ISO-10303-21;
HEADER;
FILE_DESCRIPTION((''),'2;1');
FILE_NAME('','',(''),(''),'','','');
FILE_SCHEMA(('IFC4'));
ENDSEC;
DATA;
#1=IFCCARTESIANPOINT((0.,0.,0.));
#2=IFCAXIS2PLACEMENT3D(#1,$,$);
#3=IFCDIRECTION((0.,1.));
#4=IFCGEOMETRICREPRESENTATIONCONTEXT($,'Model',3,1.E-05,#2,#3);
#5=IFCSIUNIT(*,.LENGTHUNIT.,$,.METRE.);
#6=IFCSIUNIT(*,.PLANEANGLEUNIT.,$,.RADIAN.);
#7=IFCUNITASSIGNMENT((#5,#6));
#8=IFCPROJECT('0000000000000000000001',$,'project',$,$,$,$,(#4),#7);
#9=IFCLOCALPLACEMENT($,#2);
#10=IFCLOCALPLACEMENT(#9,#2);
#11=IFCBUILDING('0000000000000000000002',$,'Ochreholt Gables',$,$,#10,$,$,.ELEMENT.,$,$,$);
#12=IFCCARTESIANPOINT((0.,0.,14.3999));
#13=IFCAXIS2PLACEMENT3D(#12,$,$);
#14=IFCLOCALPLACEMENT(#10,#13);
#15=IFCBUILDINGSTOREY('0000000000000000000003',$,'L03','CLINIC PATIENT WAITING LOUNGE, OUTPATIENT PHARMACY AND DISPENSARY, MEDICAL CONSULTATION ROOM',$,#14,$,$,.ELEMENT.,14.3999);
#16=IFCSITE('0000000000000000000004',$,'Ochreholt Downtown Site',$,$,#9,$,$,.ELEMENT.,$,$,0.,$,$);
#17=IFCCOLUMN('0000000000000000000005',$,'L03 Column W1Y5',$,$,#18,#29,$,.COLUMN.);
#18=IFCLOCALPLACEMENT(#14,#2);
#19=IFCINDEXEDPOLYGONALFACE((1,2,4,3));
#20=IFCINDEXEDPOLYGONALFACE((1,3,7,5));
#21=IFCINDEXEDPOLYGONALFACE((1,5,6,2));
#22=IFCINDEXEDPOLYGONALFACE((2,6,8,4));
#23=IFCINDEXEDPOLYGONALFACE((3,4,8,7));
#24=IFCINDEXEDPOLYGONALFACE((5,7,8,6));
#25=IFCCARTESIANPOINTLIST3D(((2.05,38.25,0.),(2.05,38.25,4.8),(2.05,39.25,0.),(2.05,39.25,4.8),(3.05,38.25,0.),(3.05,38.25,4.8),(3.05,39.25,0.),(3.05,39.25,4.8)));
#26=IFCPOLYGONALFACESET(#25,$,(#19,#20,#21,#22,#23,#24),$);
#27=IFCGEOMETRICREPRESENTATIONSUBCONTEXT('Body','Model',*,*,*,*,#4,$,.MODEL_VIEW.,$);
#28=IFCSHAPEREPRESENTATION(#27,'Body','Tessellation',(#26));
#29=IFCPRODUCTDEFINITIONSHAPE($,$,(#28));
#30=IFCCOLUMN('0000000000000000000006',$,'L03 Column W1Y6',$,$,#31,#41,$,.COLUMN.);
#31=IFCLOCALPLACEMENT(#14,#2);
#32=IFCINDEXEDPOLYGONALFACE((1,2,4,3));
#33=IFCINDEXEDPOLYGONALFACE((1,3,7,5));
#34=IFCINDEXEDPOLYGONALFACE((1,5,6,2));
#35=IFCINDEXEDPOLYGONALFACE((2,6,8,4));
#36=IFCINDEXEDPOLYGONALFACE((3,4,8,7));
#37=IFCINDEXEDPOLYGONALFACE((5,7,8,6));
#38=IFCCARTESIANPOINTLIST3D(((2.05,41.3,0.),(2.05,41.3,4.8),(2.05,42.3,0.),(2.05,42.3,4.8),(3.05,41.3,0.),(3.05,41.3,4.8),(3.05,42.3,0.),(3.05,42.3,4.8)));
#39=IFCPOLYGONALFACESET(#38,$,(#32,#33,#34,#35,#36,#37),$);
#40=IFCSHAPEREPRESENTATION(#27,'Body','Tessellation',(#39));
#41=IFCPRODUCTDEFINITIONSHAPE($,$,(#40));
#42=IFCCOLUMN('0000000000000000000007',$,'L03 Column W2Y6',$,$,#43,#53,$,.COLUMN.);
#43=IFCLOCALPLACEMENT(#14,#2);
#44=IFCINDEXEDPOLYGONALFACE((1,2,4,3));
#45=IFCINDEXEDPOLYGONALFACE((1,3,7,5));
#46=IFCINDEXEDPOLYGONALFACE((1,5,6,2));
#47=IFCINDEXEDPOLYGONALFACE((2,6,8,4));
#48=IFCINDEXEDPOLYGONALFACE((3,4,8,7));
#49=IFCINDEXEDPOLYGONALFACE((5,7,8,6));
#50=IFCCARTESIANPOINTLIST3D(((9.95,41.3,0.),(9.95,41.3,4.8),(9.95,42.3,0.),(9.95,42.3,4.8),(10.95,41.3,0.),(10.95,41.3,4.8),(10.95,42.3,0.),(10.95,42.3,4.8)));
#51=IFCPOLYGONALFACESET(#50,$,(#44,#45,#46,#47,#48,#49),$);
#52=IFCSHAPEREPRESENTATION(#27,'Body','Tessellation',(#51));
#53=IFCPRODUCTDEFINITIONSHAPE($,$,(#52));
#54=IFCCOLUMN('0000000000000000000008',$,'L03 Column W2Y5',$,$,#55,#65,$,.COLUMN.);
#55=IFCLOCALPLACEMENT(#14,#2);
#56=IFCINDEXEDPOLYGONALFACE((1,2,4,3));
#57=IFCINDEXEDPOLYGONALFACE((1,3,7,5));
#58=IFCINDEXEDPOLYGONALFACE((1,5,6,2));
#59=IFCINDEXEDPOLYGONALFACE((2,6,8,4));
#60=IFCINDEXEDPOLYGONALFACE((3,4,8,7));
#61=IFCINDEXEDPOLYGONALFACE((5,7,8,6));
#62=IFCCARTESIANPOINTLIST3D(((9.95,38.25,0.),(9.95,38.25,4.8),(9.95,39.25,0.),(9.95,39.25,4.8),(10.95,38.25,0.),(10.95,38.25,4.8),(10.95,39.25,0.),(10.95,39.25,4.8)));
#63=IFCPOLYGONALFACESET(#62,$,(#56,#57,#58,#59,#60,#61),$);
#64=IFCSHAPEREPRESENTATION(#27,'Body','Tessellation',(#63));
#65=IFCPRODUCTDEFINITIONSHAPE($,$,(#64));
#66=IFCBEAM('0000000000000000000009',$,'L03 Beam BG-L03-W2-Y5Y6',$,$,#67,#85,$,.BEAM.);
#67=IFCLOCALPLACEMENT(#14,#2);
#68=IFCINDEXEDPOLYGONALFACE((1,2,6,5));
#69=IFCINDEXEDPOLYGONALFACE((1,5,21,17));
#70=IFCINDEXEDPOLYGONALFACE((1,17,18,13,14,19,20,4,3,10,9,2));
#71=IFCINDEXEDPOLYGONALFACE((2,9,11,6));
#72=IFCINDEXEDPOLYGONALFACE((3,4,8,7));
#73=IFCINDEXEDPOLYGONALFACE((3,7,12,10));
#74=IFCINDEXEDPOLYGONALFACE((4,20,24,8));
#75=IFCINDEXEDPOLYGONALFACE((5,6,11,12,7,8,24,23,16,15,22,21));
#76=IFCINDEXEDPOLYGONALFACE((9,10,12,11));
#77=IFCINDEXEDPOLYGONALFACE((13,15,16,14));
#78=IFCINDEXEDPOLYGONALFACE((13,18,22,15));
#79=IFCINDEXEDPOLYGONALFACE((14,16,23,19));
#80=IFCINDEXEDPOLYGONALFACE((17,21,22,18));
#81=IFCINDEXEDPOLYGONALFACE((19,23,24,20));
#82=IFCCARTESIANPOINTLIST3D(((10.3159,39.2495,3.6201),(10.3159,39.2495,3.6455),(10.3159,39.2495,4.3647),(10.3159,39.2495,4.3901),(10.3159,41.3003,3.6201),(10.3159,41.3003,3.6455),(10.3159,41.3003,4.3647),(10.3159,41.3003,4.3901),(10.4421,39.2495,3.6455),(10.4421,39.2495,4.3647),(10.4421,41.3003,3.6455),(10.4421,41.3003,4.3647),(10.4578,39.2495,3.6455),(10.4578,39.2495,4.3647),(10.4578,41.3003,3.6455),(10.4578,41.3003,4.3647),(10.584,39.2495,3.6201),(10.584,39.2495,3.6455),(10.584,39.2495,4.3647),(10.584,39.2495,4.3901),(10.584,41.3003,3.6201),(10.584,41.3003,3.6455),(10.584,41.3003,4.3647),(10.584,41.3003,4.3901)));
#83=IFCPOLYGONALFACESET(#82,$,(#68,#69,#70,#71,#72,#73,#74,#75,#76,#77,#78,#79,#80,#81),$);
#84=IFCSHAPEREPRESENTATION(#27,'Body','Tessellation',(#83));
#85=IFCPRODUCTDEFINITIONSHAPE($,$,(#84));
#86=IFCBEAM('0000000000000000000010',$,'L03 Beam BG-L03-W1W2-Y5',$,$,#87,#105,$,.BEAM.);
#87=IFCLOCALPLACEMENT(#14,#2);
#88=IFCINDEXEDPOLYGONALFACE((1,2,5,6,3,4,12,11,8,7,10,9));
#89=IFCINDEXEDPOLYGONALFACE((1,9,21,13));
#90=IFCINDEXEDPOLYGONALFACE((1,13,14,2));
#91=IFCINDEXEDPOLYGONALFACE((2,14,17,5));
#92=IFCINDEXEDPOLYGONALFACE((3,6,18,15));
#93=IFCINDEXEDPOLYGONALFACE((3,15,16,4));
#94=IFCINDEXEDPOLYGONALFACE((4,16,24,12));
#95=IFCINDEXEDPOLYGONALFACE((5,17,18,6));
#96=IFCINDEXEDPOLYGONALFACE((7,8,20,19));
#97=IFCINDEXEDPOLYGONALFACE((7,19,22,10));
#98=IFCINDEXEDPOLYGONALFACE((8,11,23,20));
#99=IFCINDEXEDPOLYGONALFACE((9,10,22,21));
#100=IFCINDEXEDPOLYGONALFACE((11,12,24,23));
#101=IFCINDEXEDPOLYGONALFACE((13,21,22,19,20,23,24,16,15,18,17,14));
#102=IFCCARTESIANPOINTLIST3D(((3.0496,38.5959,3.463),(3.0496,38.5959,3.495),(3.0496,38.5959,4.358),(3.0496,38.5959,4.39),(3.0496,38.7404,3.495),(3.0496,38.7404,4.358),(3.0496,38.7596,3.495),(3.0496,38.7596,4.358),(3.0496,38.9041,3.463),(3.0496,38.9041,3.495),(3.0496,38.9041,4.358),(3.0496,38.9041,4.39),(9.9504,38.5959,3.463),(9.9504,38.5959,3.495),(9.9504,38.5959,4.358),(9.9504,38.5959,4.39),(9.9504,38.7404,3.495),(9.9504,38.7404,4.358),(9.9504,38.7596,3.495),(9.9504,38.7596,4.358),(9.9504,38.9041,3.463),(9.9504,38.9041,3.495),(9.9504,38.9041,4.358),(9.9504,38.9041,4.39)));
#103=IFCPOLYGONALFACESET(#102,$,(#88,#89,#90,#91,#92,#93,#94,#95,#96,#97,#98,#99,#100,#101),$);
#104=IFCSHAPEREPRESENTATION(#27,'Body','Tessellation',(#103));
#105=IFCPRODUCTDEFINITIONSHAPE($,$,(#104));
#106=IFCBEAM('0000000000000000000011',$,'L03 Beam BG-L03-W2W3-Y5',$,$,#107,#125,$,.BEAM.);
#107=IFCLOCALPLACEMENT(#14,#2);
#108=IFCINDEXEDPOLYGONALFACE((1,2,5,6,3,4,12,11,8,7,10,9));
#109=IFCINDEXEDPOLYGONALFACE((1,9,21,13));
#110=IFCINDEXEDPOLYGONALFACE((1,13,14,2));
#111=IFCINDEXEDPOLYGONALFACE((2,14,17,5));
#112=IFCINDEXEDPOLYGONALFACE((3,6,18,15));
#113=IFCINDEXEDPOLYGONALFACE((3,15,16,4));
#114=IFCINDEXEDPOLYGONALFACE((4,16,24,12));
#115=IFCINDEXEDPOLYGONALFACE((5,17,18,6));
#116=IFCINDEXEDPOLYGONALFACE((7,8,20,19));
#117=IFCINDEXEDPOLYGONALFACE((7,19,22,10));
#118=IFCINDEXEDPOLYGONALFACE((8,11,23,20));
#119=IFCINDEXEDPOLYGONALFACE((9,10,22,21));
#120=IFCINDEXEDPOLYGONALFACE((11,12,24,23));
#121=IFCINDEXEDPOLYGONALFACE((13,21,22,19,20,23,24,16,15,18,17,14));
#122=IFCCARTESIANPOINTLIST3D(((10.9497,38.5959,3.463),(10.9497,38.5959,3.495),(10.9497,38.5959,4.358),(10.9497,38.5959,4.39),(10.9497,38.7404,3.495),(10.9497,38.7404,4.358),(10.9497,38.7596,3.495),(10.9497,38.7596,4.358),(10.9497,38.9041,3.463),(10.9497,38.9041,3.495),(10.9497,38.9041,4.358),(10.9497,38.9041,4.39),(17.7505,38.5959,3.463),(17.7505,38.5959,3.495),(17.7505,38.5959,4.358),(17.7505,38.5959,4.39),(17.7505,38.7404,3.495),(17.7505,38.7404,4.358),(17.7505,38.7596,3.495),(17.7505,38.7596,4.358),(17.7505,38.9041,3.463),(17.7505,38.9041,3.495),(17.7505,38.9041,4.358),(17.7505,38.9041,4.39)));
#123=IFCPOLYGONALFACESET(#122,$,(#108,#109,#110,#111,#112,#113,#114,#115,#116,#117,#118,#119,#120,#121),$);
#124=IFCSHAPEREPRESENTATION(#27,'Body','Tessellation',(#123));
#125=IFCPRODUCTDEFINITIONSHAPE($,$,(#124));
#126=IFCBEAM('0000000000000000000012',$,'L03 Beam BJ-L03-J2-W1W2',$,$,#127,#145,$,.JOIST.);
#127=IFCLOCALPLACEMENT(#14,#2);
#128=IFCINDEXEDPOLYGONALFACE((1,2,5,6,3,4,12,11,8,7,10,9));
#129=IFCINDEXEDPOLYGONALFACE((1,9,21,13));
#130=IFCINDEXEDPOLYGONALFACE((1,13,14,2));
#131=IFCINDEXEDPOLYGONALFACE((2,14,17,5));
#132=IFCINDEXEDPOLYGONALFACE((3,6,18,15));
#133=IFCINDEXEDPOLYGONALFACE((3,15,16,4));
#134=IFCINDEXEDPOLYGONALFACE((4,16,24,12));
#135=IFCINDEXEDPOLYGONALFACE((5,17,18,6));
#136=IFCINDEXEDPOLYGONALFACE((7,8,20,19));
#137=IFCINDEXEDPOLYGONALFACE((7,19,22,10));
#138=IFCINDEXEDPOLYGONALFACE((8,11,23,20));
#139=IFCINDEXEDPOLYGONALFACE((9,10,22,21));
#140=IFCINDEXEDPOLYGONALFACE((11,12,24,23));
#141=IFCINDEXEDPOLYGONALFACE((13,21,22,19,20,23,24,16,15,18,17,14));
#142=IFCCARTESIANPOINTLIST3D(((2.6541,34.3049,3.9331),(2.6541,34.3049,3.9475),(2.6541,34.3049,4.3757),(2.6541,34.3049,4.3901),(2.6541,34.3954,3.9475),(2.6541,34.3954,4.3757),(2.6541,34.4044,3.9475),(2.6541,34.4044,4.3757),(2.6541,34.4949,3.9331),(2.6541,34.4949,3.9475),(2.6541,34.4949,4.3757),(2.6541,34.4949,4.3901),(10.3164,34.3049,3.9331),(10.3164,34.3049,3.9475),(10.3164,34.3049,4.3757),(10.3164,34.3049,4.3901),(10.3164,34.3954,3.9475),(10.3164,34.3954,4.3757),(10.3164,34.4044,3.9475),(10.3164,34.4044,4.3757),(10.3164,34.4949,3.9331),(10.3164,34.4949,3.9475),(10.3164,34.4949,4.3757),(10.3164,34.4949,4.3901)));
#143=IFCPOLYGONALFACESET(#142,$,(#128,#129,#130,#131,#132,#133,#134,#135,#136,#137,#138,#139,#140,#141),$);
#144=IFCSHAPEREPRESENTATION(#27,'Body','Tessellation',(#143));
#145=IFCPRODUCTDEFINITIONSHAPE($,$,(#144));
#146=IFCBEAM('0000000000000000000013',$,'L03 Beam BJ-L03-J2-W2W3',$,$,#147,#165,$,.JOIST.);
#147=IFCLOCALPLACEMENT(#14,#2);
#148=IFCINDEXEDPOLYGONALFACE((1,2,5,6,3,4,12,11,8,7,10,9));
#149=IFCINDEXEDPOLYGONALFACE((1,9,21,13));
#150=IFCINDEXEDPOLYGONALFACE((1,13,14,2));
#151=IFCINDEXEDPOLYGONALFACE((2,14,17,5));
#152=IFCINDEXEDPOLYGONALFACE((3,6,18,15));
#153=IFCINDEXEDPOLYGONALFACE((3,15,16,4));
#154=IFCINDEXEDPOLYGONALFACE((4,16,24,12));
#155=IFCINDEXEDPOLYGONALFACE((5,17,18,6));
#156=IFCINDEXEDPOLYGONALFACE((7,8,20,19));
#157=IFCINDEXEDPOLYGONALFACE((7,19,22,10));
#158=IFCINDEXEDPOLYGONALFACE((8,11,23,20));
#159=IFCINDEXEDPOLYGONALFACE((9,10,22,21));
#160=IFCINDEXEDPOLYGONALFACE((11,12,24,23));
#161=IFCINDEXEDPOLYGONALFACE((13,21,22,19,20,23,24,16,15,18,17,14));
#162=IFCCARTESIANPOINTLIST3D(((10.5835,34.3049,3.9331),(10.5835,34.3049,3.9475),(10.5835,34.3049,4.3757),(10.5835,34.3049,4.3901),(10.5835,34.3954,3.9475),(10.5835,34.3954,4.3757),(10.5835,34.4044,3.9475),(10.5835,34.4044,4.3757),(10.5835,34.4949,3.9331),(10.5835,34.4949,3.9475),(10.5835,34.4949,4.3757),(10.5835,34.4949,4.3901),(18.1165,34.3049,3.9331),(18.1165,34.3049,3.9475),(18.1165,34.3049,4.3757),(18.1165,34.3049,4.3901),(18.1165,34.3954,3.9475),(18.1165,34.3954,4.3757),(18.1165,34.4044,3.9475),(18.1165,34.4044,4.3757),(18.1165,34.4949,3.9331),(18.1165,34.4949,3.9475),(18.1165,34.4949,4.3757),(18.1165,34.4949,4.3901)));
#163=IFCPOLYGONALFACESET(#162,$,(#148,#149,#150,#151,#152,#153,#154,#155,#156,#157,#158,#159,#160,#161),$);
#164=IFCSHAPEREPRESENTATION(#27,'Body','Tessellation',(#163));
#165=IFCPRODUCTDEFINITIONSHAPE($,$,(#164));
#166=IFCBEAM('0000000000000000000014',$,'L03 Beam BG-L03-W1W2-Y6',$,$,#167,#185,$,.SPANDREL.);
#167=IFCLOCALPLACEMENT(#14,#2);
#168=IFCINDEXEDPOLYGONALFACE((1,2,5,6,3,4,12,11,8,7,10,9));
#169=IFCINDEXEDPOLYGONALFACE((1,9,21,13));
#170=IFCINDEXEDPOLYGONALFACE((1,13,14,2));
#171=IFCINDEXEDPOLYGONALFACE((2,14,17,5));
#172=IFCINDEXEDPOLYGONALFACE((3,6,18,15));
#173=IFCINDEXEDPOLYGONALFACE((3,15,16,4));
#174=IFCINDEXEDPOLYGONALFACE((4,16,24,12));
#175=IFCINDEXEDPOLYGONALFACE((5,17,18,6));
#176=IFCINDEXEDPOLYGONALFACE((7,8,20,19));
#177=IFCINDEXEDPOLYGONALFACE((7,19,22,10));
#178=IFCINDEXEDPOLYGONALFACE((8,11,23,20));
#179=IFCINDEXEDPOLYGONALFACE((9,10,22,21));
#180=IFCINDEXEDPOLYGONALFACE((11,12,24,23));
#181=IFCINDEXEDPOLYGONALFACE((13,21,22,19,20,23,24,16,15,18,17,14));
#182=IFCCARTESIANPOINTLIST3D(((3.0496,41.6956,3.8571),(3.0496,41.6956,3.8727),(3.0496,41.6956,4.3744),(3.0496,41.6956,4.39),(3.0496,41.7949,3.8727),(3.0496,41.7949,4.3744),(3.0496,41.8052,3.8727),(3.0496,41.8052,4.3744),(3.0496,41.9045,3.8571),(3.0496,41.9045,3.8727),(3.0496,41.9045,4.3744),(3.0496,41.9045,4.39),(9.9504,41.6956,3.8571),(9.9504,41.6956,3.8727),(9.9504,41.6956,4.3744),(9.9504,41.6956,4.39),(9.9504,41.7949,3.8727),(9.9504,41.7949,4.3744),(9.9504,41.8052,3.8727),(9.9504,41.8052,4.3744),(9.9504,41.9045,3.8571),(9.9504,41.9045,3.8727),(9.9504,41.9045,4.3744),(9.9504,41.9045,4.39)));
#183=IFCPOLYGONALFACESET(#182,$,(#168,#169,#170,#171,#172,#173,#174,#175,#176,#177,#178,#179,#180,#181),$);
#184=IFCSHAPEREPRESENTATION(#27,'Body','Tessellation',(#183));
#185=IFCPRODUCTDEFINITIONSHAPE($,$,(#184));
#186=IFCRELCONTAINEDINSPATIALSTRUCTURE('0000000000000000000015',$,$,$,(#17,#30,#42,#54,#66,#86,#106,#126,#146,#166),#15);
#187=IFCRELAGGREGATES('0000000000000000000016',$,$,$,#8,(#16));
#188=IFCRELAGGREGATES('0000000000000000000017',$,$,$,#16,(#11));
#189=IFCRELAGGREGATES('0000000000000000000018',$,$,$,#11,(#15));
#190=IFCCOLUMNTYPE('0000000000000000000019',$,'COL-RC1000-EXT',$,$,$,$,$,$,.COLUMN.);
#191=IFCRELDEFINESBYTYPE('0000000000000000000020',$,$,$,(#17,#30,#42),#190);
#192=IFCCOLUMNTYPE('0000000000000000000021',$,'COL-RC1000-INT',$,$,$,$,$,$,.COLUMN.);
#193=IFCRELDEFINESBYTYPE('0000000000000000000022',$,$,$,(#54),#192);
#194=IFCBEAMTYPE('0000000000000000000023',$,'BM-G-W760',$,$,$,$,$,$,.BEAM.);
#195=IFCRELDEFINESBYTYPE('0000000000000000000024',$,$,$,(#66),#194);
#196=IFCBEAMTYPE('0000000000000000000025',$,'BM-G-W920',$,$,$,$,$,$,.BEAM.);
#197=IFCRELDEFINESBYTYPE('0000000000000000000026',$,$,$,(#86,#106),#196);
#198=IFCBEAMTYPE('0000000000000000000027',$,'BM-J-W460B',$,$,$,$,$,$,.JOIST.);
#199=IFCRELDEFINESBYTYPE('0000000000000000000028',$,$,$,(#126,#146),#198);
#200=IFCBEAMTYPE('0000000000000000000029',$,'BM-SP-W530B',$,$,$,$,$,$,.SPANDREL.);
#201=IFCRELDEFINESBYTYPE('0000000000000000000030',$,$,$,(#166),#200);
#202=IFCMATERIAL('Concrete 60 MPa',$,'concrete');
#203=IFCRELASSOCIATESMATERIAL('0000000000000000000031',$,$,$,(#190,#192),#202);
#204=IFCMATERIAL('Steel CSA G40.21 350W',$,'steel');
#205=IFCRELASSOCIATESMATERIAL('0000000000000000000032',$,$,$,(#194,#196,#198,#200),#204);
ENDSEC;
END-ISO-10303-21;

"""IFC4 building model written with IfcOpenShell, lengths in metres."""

from ifc_helpers import new_model, si_unit, direction, frame, origin, origin_2d, place, context, subcontext, project, spatial, rectangle, i_section, extrude, material, material_profile, profile_set, type_object, element, save


model = new_model("IFC4")

# Units and contexts
model_context = context("Model", 3, precision=1e-05, world=origin(), true_north=direction((0.0, 1.0)))
body_context = subcontext(model_context, "Body", "Model", "MODEL_VIEW")
ifc_project = project(units=[si_unit("LENGTHUNIT", "METRE"), si_unit("PLANEANGLEUNIT", "RADIAN")], contexts=[model_context])

# Site, building, storey
site_placement = place(None, origin())
site = spatial("IfcSite", under=ifc_project, at=site_placement, Name="Ochreholt Downtown Site", CompositionType="ELEMENT", RefElevation=0.0)
building_placement = place(site_placement, origin())
building = spatial("IfcBuilding", under=site, at=building_placement, Name="Ochreholt Gables", CompositionType="ELEMENT")
storey_placement = place(building_placement, frame((0.0, 0.0, 14.3999)))
storey = spatial("IfcBuildingStorey", under=building, at=storey_placement, Name="L03", Description="CLINIC PATIENT WAITING LOUNGE, OUTPATIENT PHARMACY AND DISPENSARY, MEDICAL CONSULTATION ROOM", CompositionType="ELEMENT", Elevation=14.3999)

# Columns
ifc_material_1 = material(Name="Concrete 60 MPa", Category="concrete")
ifc_material_profile_1 = material_profile(ifc_material_1, rectangle(XDim=1.0, YDim=1.0, at=origin_2d()), Name="RC1000X1000")
ifc_profile_set_1 = profile_set([ifc_material_profile_1], Name="Concrete 60 MPa")
column_type_1 = type_object("IfcColumnType", Name="COL-RC1000-EXT", PredefinedType="COLUMN", material=ifc_profile_set_1)
for number, where, z_axis, x_axis, name in (
    (1, (2.55, 38.75, 0.0), (0.0, 0.0, 1.0), (1.0, 0.0, 0.0), "L03 Column W1Y5"),
    (2, (2.55, 41.8, 0.0), (0.0, 0.0, 1.0), (1.0, 0.0, 0.0), "L03 Column W1Y6"),
    (3, (10.45, 41.8, 0.0), (0.0, 0.0, 1.0), (1.0, 0.0, 0.0), "L03 Column W2Y6"),
):
    element("IfcColumn", number, at=place(storey_placement, frame(where, z_axis=z_axis, x_axis=x_axis)), inside=storey, type_object=column_type_1, Name=name, PredefinedType="COLUMN", context=body_context, shape_type="SweptSolid", body=[
        extrude(rectangle(XDim=1.0, YDim=1.0, at=origin_2d()), origin(), (0.0, 0.0, 1.0), 4.8),
    ])
ifc_material_profile_2 = material_profile(ifc_material_1, rectangle(XDim=1.0, YDim=1.0, at=origin_2d()), Name="RC1000X1000")
ifc_profile_set_2 = profile_set([ifc_material_profile_2], Name="Concrete 60 MPa")
column_type_2 = type_object("IfcColumnType", Name="COL-RC1000-INT", PredefinedType="COLUMN", material=ifc_profile_set_2)
column_placement = place(storey_placement, frame((10.45, 38.75, 0.0), z_axis=(0.0, 0.0, 1.0), x_axis=(1.0, 0.0, 0.0)))
element("IfcColumn", 4, at=column_placement, inside=storey, type_object=column_type_2, Name="L03 Column W2Y5", PredefinedType="COLUMN", context=body_context, shape_type="SweptSolid", body=[
    extrude(rectangle(XDim=1.0, YDim=1.0, at=origin_2d()), origin(), (0.0, 0.0, 1.0), 4.8),
])

# Beams
ifc_material_2 = material(Name="Steel CSA G40.21 350W", Category="steel")
ifc_material_profile_3 = material_profile(ifc_material_2, i_section(OverallWidth=0.2681, OverallDepth=0.77, WebThickness=0.0156, FlangeThickness=0.0254, at=origin_2d()), Name="W760X196")
ifc_profile_set_3 = profile_set([ifc_material_profile_3], Name="Steel CSA G40.21 350W")
beam_type_1 = type_object("IfcBeamType", Name="BM-G-W760", PredefinedType="BEAM", material=ifc_profile_set_3)
beam_1_placement = place(storey_placement, frame((10.45, 39.2495, 4.0051), z_axis=(0.0, 1.0, 0.0), x_axis=(-1.0, 0.0, 0.0)))
element("IfcBeam", 5, at=beam_1_placement, inside=storey, type_object=beam_type_1, Name="L03 Beam BG-L03-W2-Y5Y6", PredefinedType="BEAM", context=body_context, shape_type="SweptSolid", body=[
    extrude(i_section(OverallWidth=0.2681, OverallDepth=0.77, WebThickness=0.0156, FlangeThickness=0.0254, at=origin_2d()), origin(), (0.0, 0.0, 1.0), 2.0508),
])
ifc_material_profile_4 = material_profile(ifc_material_2, i_section(OverallWidth=0.3081, OverallDepth=0.927, WebThickness=0.0193, FlangeThickness=0.032, at=origin_2d()), Name="W920X289")
ifc_profile_set_4 = profile_set([ifc_material_profile_4], Name="Steel CSA G40.21 350W")
beam_type_2 = type_object("IfcBeamType", Name="BM-G-W920", PredefinedType="BEAM", material=ifc_profile_set_4)
beam_2_placement = place(storey_placement, frame((3.0496, 38.75, 3.9265), z_axis=(1.0, 0.0, 0.0), x_axis=(0.0, 1.0, 0.0)))
element("IfcBeam", 6, at=beam_2_placement, inside=storey, type_object=beam_type_2, Name="L03 Beam BG-L03-W1W2-Y5", PredefinedType="BEAM", context=body_context, shape_type="SweptSolid", body=[
    extrude(i_section(OverallWidth=0.3081, OverallDepth=0.927, WebThickness=0.0193, FlangeThickness=0.032, at=origin_2d()), origin(), (0.0, 0.0, 1.0), 6.9009),
])
beam_3_placement = place(storey_placement, frame((10.9497, 38.75, 3.9265), z_axis=(1.0, 0.0, 0.0), x_axis=(0.0, 1.0, 0.0)))
element("IfcBeam", 7, at=beam_3_placement, inside=storey, type_object=beam_type_2, Name="L03 Beam BG-L03-W2W3-Y5", PredefinedType="BEAM", context=body_context, shape_type="SweptSolid", body=[
    extrude(i_section(OverallWidth=0.3081, OverallDepth=0.927, WebThickness=0.0193, FlangeThickness=0.032, at=origin_2d()), origin(), (0.0, 0.0, 1.0), 6.8008),
])
ifc_material_profile_5 = material_profile(ifc_material_2, i_section(OverallWidth=0.1899, OverallDepth=0.457, WebThickness=0.009, FlangeThickness=0.0144, at=origin_2d()), Name="W460X74")
ifc_profile_set_5 = profile_set([ifc_material_profile_5], Name="Steel CSA G40.21 350W")
beam_type_3 = type_object("IfcBeamType", Name="BM-J-W460B", PredefinedType="JOIST", material=ifc_profile_set_5)
beam_4_placement = place(storey_placement, frame((2.6541, 34.3999, 4.1616), z_axis=(1.0, 0.0, 0.0), x_axis=(0.0, 1.0, 0.0)))
element("IfcBeam", 8, at=beam_4_placement, inside=storey, type_object=beam_type_3, Name="L03 Beam BJ-L03-J2-W1W2", PredefinedType="JOIST", context=body_context, shape_type="SweptSolid", body=[
    extrude(i_section(OverallWidth=0.1899, OverallDepth=0.457, WebThickness=0.009, FlangeThickness=0.0144, at=origin_2d()), origin(), (0.0, 0.0, 1.0), 7.6624),
])
beam_5_placement = place(storey_placement, frame((10.5835, 34.3999, 4.1616), z_axis=(1.0, 0.0, 0.0), x_axis=(0.0, 1.0, 0.0)))
element("IfcBeam", 9, at=beam_5_placement, inside=storey, type_object=beam_type_3, Name="L03 Beam BJ-L03-J2-W2W3", PredefinedType="JOIST", context=body_context, shape_type="SweptSolid", body=[
    extrude(i_section(OverallWidth=0.1899, OverallDepth=0.457, WebThickness=0.009, FlangeThickness=0.0144, at=origin_2d()), origin(), (0.0, 0.0, 1.0), 7.533),
])
ifc_material_profile_6 = material_profile(ifc_material_2, i_section(OverallWidth=0.209, OverallDepth=0.533, WebThickness=0.0103, FlangeThickness=0.0156, at=origin_2d()), Name="W530X92")
ifc_profile_set_6 = profile_set([ifc_material_profile_6], Name="Steel CSA G40.21 350W")
beam_type_4 = type_object("IfcBeamType", Name="BM-SP-W530B", PredefinedType="SPANDREL", material=ifc_profile_set_6)
beam_6_placement = place(storey_placement, frame((3.0496, 41.8, 4.1235), z_axis=(1.0, 0.0, 0.0), x_axis=(0.0, 1.0, 0.0)))
element("IfcBeam", 10, at=beam_6_placement, inside=storey, type_object=beam_type_4, Name="L03 Beam BG-L03-W1W2-Y6", PredefinedType="SPANDREL", context=body_context, shape_type="SweptSolid", body=[
    extrude(i_section(OverallWidth=0.209, OverallDepth=0.533, WebThickness=0.0103, FlangeThickness=0.0156, at=origin_2d()), origin(), (0.0, 0.0, 1.0), 6.9009),
])

save(model, "model.ifc")
